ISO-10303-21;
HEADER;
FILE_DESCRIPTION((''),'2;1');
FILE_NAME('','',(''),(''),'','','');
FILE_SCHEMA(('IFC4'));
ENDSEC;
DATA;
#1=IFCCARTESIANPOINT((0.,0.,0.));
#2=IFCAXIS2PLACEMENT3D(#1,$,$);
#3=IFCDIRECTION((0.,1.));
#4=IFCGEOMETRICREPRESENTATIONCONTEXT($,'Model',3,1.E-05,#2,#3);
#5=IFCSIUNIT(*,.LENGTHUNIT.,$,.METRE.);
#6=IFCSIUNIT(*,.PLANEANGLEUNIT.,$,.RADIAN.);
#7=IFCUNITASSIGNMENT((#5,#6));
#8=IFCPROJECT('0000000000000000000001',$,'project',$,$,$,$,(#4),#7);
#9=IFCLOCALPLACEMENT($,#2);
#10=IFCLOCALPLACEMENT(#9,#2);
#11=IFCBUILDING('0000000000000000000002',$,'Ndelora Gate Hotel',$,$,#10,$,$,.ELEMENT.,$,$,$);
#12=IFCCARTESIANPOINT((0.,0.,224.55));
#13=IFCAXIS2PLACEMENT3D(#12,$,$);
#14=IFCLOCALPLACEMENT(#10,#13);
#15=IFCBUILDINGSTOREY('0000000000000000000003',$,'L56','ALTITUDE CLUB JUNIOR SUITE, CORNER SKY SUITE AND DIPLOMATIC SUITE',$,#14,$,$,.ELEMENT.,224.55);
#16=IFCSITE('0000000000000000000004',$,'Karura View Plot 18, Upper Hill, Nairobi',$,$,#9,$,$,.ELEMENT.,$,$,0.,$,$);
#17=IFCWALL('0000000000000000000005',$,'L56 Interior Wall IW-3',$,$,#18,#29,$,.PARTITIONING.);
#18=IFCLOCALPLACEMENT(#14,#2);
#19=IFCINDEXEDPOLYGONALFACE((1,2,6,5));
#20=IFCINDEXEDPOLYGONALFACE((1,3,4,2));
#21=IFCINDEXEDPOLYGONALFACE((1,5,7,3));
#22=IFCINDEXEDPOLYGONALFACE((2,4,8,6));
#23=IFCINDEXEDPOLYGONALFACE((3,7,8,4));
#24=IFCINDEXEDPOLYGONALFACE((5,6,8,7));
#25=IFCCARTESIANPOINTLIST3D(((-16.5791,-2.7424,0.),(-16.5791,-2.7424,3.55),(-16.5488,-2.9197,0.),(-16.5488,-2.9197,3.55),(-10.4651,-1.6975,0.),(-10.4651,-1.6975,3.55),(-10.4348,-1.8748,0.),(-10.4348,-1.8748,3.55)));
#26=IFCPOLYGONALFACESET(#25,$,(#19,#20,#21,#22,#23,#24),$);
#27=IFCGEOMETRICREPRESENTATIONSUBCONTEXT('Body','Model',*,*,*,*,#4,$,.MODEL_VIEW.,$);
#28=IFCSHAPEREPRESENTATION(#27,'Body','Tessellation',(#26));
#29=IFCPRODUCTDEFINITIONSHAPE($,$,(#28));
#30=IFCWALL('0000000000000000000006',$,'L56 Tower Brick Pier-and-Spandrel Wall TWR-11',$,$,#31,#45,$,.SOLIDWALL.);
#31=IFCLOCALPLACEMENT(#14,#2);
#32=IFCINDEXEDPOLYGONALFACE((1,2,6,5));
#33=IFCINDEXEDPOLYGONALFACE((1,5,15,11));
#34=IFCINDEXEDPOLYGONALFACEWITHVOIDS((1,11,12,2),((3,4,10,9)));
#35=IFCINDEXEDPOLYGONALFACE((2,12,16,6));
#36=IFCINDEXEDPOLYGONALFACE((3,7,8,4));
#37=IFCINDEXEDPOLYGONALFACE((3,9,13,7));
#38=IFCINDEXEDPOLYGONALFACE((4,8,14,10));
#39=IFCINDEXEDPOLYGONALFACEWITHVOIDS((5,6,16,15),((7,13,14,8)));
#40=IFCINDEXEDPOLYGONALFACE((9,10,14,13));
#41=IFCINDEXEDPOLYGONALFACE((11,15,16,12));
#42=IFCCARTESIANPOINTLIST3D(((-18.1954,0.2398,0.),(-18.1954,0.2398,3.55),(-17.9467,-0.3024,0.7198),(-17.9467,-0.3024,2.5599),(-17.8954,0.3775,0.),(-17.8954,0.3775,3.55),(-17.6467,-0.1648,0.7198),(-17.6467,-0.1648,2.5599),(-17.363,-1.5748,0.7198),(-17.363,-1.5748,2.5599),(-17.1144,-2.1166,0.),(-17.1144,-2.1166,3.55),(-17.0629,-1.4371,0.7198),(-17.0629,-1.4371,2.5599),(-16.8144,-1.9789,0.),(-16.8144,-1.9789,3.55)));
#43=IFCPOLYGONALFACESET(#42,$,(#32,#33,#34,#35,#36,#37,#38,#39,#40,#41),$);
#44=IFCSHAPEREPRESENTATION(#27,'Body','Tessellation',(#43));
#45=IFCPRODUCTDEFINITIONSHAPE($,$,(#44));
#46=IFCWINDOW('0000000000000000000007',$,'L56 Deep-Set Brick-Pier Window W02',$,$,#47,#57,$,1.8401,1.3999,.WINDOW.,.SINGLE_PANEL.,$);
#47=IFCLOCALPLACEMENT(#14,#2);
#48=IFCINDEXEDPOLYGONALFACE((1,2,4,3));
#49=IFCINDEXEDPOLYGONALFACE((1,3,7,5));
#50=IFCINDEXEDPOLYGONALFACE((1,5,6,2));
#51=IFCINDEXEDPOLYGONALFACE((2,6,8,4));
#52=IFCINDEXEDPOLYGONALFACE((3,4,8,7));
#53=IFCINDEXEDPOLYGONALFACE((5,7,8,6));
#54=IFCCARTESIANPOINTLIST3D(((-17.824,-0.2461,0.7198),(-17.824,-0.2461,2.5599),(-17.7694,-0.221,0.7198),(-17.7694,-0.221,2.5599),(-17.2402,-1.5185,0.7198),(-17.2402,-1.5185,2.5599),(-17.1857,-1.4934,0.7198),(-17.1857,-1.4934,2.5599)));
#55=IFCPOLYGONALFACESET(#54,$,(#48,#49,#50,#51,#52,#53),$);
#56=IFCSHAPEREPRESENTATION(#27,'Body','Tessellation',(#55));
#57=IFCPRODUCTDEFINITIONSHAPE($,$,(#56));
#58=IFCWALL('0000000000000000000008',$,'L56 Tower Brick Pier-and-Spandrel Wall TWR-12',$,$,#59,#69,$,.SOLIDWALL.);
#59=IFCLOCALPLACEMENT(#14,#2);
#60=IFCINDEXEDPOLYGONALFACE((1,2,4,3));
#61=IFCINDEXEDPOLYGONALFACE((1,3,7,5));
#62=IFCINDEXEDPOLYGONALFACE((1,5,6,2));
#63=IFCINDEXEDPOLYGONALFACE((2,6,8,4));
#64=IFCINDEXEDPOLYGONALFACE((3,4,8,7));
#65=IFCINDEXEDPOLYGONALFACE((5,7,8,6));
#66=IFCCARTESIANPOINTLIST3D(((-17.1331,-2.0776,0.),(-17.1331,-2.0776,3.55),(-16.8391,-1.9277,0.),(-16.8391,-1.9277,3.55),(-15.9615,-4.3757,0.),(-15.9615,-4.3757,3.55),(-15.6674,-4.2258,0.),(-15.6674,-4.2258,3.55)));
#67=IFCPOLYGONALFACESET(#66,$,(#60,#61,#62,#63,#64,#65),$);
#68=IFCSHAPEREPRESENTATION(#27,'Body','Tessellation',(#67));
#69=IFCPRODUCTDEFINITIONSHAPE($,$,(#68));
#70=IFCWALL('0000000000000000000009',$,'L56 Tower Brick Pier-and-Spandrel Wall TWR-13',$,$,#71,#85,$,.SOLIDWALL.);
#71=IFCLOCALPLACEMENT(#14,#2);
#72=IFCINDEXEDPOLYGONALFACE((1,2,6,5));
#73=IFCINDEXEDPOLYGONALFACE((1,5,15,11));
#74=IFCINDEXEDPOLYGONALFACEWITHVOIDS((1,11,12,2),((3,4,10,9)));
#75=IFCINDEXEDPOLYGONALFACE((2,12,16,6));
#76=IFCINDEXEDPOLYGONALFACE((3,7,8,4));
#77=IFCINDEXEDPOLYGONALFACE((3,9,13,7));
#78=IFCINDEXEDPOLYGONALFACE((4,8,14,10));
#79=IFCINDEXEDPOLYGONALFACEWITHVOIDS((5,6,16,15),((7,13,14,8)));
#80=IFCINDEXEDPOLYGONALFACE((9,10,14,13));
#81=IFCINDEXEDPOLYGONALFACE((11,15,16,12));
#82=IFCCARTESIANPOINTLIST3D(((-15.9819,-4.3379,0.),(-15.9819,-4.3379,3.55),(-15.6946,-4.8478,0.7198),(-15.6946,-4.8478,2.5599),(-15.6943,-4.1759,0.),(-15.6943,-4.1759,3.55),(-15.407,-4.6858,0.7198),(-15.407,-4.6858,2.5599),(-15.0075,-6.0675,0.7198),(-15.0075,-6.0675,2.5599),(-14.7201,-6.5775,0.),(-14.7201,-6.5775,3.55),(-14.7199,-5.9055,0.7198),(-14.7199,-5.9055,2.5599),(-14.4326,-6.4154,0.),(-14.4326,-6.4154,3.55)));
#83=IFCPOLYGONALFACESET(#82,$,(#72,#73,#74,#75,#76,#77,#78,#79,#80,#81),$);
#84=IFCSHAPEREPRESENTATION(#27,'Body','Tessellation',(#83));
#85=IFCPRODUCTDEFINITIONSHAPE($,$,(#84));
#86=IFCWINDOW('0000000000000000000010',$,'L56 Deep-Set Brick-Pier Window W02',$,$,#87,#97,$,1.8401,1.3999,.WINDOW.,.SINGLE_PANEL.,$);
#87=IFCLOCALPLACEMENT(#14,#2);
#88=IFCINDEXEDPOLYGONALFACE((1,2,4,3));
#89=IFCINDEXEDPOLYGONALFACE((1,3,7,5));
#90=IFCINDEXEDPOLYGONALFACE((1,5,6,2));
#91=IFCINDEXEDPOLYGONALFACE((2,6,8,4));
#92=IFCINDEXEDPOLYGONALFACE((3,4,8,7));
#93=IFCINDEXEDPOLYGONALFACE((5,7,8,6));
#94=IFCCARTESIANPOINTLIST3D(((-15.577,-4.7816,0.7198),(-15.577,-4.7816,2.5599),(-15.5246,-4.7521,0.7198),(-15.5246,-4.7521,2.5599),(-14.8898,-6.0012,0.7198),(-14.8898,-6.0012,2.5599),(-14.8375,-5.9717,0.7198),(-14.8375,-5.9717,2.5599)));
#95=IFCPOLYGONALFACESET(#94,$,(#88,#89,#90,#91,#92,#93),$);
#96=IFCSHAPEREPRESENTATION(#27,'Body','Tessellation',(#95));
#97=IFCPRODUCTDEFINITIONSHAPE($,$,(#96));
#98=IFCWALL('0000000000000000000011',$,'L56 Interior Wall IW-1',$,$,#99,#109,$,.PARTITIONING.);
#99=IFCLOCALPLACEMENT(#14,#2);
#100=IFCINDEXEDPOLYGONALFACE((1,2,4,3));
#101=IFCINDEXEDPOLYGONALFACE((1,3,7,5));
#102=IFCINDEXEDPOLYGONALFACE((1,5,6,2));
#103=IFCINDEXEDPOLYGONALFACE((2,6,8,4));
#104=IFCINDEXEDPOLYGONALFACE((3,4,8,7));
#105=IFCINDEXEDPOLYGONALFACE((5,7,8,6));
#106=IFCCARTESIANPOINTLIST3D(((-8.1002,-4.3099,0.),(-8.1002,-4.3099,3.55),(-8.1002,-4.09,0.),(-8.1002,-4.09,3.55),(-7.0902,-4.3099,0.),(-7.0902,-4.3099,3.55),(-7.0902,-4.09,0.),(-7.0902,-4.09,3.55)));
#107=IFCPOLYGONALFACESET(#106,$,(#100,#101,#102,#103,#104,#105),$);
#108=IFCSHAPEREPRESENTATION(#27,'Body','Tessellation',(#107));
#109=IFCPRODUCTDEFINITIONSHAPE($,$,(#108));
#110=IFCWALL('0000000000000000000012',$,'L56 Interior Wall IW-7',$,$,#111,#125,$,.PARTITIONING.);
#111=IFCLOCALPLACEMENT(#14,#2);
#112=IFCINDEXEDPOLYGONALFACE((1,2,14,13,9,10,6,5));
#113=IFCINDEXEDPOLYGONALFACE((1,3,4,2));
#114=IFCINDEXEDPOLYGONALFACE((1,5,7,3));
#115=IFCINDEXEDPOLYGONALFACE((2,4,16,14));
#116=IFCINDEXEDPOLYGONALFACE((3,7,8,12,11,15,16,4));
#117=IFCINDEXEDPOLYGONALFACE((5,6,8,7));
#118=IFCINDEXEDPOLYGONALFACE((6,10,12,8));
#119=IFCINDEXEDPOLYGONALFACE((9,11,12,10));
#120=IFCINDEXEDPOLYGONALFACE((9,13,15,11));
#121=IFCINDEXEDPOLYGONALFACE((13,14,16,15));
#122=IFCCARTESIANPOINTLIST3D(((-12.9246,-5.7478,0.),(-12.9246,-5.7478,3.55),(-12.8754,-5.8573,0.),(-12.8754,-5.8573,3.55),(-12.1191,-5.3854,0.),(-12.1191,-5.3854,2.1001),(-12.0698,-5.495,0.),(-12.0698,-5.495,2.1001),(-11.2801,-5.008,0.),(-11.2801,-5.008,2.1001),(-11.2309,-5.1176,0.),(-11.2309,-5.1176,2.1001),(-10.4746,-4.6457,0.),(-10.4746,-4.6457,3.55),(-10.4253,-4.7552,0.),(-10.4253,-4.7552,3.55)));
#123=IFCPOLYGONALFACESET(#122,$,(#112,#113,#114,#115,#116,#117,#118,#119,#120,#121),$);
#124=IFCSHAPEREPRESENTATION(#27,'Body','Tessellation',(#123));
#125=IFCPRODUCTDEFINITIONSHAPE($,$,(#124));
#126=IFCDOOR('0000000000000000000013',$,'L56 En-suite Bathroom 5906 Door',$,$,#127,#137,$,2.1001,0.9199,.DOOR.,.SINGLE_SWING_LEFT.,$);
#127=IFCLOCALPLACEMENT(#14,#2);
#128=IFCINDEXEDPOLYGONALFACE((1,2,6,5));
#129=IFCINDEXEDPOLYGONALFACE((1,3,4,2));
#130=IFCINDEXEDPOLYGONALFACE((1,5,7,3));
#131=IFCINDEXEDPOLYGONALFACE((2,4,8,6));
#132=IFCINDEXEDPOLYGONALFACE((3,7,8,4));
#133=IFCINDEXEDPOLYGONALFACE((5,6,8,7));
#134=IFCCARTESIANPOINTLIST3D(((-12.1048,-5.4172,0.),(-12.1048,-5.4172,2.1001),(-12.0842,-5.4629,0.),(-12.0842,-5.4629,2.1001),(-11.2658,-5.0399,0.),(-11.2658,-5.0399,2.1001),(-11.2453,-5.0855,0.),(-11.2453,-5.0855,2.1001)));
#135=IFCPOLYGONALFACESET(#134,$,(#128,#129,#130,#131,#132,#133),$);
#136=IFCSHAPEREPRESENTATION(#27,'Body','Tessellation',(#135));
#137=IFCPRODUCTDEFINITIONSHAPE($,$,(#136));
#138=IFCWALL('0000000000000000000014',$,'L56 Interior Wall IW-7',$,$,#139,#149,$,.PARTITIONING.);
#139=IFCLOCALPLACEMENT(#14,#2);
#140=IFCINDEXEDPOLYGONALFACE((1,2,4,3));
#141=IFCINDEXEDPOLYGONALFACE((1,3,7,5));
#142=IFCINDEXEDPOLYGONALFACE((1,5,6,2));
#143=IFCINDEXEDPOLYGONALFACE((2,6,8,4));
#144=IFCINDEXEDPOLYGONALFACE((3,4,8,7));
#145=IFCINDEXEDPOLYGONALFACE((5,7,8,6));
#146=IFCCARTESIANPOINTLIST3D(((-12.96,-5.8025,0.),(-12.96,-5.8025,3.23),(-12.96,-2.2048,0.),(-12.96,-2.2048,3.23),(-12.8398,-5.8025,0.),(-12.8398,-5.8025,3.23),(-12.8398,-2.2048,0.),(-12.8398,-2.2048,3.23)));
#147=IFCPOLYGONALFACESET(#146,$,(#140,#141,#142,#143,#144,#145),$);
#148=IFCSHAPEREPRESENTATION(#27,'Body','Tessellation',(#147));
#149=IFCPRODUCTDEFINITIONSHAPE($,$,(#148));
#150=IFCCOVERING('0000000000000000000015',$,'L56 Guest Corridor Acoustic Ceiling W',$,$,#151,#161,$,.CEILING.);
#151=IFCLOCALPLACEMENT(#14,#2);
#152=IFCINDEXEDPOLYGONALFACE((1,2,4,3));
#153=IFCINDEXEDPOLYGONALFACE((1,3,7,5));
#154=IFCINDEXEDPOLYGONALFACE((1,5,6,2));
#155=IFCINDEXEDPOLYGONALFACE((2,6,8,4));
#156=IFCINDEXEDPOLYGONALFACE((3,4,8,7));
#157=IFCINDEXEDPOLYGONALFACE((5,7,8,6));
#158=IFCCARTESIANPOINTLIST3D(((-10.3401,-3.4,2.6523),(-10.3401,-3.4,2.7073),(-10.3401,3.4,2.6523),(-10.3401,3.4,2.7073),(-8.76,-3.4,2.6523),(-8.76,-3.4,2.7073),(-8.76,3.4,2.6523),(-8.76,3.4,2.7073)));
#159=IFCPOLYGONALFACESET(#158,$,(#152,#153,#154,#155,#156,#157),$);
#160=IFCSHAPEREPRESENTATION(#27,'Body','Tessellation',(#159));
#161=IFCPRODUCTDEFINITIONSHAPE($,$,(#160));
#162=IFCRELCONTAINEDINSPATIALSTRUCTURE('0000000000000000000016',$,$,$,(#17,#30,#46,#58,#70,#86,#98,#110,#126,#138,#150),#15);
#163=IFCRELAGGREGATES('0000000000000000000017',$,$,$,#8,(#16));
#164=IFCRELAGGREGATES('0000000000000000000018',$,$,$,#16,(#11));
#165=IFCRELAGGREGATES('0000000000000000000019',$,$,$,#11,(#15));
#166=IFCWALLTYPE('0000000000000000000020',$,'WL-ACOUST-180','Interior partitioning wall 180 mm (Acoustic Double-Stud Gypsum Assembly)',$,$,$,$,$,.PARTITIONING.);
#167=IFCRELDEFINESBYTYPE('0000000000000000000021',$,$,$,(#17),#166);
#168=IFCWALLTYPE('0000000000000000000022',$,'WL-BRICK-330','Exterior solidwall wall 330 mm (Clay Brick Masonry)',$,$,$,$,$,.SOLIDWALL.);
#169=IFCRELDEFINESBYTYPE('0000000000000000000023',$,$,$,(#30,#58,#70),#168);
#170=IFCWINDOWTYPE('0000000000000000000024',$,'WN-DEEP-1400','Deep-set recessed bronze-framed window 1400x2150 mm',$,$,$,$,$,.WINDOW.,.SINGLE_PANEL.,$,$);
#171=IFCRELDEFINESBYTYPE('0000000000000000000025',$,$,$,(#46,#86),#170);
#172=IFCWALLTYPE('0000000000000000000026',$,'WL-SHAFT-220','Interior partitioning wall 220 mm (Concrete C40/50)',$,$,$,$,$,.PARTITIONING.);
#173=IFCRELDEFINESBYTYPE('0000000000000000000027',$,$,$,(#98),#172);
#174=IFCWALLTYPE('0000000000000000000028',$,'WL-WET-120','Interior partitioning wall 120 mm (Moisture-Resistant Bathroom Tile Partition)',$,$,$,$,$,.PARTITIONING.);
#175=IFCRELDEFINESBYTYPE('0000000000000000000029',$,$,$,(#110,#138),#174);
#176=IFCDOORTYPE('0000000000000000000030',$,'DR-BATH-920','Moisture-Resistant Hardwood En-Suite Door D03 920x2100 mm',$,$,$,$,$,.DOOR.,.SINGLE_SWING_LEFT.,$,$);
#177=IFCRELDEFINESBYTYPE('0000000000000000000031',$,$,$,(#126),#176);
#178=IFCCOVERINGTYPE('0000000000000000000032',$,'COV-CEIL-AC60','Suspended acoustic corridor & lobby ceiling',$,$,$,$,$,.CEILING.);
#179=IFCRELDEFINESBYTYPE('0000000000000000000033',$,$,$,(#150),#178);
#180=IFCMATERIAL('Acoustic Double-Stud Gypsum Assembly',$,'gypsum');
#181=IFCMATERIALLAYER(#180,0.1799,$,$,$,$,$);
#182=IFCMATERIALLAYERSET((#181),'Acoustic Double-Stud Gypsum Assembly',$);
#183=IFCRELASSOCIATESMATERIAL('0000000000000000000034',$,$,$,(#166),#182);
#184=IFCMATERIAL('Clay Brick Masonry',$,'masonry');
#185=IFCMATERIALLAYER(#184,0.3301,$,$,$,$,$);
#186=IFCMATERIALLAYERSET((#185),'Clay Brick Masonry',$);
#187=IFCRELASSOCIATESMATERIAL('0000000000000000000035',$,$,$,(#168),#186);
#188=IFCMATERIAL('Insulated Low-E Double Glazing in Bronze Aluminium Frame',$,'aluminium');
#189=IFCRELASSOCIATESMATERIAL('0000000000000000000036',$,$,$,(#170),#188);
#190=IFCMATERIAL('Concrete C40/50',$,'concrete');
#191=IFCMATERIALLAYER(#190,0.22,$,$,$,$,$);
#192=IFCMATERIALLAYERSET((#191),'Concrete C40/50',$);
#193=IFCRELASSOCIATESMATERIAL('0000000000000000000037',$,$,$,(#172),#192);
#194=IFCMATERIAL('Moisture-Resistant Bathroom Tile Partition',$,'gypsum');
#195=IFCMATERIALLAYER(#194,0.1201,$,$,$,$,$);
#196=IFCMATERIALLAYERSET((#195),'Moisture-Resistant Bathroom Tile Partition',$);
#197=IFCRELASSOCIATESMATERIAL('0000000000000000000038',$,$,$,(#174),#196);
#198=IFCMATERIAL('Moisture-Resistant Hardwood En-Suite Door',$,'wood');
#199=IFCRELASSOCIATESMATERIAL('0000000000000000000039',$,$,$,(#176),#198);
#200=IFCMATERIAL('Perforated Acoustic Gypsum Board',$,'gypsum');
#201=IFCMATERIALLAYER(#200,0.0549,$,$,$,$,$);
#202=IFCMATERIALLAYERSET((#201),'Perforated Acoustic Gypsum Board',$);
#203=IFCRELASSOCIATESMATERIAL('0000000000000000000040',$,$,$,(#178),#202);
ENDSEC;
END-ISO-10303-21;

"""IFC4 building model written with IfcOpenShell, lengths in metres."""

from ifc_helpers import new_model, si_unit, direction, frame, frame_2d, origin, origin_2d, place, context, subcontext, project, spatial, rectangle, extrude, material, layer, layer_set, type_object, element, fill, save


model = new_model("IFC4")

# Units and contexts
model_context = context("Model", 3, precision=1e-05, world=origin(), true_north=direction((0.0, 1.0)))
body_context = subcontext(model_context, "Body", "Model", "MODEL_VIEW")
ifc_project = project(units=[si_unit("LENGTHUNIT", "METRE"), si_unit("PLANEANGLEUNIT", "RADIAN")], contexts=[model_context])

# Site, building, storey
site_placement = place(None, origin())
site = spatial("IfcSite", under=ifc_project, at=site_placement, Name="Karura View Plot 18, Upper Hill, Nairobi", CompositionType="ELEMENT", RefElevation=0.0)
building_placement = place(site_placement, origin())
building = spatial("IfcBuilding", under=site, at=building_placement, Name="Ndelora Gate Hotel", CompositionType="ELEMENT")
storey_placement = place(building_placement, frame((0.0, 0.0, 224.55)))
storey = spatial("IfcBuildingStorey", under=building, at=storey_placement, Name="L56", Description="ALTITUDE CLUB JUNIOR SUITE, CORNER SKY SUITE AND DIPLOMATIC SUITE", CompositionType="ELEMENT", Elevation=224.55)

# Wall
ifc_material_1 = material(Name="Acoustic Double-Stud Gypsum Assembly", Category="gypsum")
ifc_layer_1 = layer(ifc_material_1, 0.1799)
ifc_layer_set_1 = layer_set([ifc_layer_1], Name="Acoustic Double-Stud Gypsum Assembly")
wall_type_1 = type_object("IfcWallType", Name="WL-ACOUST-180", Description="Interior partitioning wall 180 mm (Acoustic Double-Stud Gypsum Assembly)", PredefinedType="PARTITIONING", material=ifc_layer_set_1)
wall_1_placement = place(storey_placement, frame((-10.45, -1.7861, 0.0), z_axis=(0.0, 0.0, 1.0), x_axis=(-0.985708, -0.168463, 0.0)))
element("IfcWall", 1, at=wall_1_placement, inside=storey, type_object=wall_type_1, Name="L56 Interior Wall IW-3", PredefinedType="PARTITIONING", context=body_context, shape_type="SweptSolid", body=[
    extrude(rectangle(XDim=6.2026, YDim=0.1799, at=frame_2d((3.1013, 0.0))), origin(), (0.0, 0.0, 1.0), 3.55),
])

# Wall, opening, window
ifc_material_2 = material(Name="Clay Brick Masonry", Category="masonry")
ifc_layer_2 = layer(ifc_material_2, 0.3301)
ifc_layer_set_2 = layer_set([ifc_layer_2], Name="Clay Brick Masonry")
wall_type_2 = type_object("IfcWallType", Name="WL-BRICK-330", Description="Exterior solidwall wall 330 mm (Clay Brick Masonry)", PredefinedType="SOLIDWALL", material=ifc_layer_set_2)
wall_2_placement = place(storey_placement, frame((-16.9644, -2.0479, 0.0), z_axis=(0.0, 0.0, 1.0), x_axis=(-0.416979, 0.908916, 0.0)))
wall_2 = element("IfcWall", 2, at=wall_2_placement, inside=storey, type_object=wall_type_2, Name="L56 Tower Brick Pier-and-Spandrel Wall TWR-11", PredefinedType="SOLIDWALL", context=body_context, shape_type="SweptSolid", body=[
    extrude(rectangle(XDim=2.5925, YDim=0.3301, at=frame_2d((1.2964, 0.0))), origin(), (0.0, 0.0, 1.0), 3.55),
])
opening_1_placement = place(wall_2_placement, frame((0.5962, 0.0, 0.72)))
opening_1 = element("IfcOpeningElement", 3, at=opening_1_placement, cuts=wall_2, PredefinedType="OPENING", context=body_context, shape_type="SweptSolid", body=[
    extrude(rectangle(XDim=1.3999, YDim=1.8401, at=frame_2d((0.7, 0.9199))), frame((0.0, 0.175, 0.0), z_axis=(0.0, -1.0, 0.0), x_axis=(1.0, 0.0, 0.0)), (0.0, 0.0, 1.0), 0.3501),
])
ifc_material_3 = material(Name="Insulated Low-E Double Glazing in Bronze Aluminium Frame", Category="aluminium")
window_type = type_object("IfcWindowType", Name="WN-DEEP-1400", Description="Deep-set recessed bronze-framed window 1400x2150 mm", PartitioningType="SINGLE_PANEL", PredefinedType="WINDOW", material=ifc_material_3)
window_1_placement = place(opening_1_placement, origin())
window_1 = element("IfcWindow", 4, at=window_1_placement, inside=storey, type_object=window_type, Name="L56 Deep-Set Brick-Pier Window W02", OverallHeight=1.8401, OverallWidth=1.3999, PartitioningType="SINGLE_PANEL", PredefinedType="WINDOW", context=body_context, shape_type="SweptSolid", body=[
    extrude(rectangle(XDim=1.3999, YDim=1.8401, at=frame_2d((0.7, 0.9199))), frame((0.0, 0.03, 0.0), z_axis=(0.0, -1.0, 0.0), x_axis=(1.0, 0.0, 0.0)), (0.0, 0.0, 1.0), 0.0601),
])
fill(opening_1, window_1)

# Wall
wall_3_placement = place(storey_placement, frame((-15.8145, -4.3008, 0.0), z_axis=(0.0, 0.0, 1.0), x_axis=(-0.454204, 0.890898, 0.0)))
element("IfcWall", 5, at=wall_3_placement, inside=storey, type_object=wall_type_2, Name="L56 Tower Brick Pier-and-Spandrel Wall TWR-12", PredefinedType="SOLIDWALL", context=body_context, shape_type="SweptSolid", body=[
    extrude(rectangle(XDim=2.5796, YDim=0.3301, at=frame_2d((1.2898, 0.0))), origin(), (0.0, 0.0, 1.0), 3.55),
])

# Wall, opening, window
wall_4_placement = place(storey_placement, frame((-14.5764, -6.4963, 0.0), z_axis=(0.0, 0.0, 1.0), x_axis=(-0.490852, 0.871243, 0.0)))
wall_4 = element("IfcWall", 6, at=wall_4_placement, inside=storey, type_object=wall_type_2, Name="L56 Tower Brick Pier-and-Spandrel Wall TWR-13", PredefinedType="SOLIDWALL", context=body_context, shape_type="SweptSolid", body=[
    extrude(rectangle(XDim=2.5706, YDim=0.3301, at=frame_2d((1.2852, 0.0))), origin(), (0.0, 0.0, 1.0), 3.55),
])
opening_2_placement = place(wall_4_placement, frame((0.5852, 0.0, 0.72)))
opening_2 = element("IfcOpeningElement", 7, at=opening_2_placement, cuts=wall_4, PredefinedType="OPENING", context=body_context, shape_type="SweptSolid", body=[
    extrude(rectangle(XDim=1.3999, YDim=1.8401, at=frame_2d((0.7, 0.9199))), frame((0.0, 0.175, 0.0), z_axis=(0.0, -1.0, 0.0), x_axis=(1.0, 0.0, 0.0)), (0.0, 0.0, 1.0), 0.3501),
])
window_2_placement = place(opening_2_placement, origin())
window_2 = element("IfcWindow", 8, at=window_2_placement, inside=storey, type_object=window_type, Name="L56 Deep-Set Brick-Pier Window W02", OverallHeight=1.8401, OverallWidth=1.3999, PartitioningType="SINGLE_PANEL", PredefinedType="WINDOW", context=body_context, shape_type="SweptSolid", body=[
    extrude(rectangle(XDim=1.3999, YDim=1.8401, at=frame_2d((0.7, 0.9199))), frame((0.0, 0.03, 0.0), z_axis=(0.0, -1.0, 0.0), x_axis=(1.0, 0.0, 0.0)), (0.0, 0.0, 1.0), 0.0601),
])
fill(opening_2, window_2)

# Wall
ifc_material_4 = material(Name="Concrete C40/50", Category="concrete")
ifc_layer_3 = layer(ifc_material_4, 0.22)
ifc_layer_set_3 = layer_set([ifc_layer_3], Name="Concrete C40/50")
wall_type_3 = type_object("IfcWallType", Name="WL-SHAFT-220", Description="Interior partitioning wall 220 mm (Concrete C40/50)", PredefinedType="PARTITIONING", material=ifc_layer_set_3)
wall_5_placement = place(storey_placement, frame((-8.1001, -4.2, 0.0), z_axis=(0.0, 0.0, 1.0), x_axis=(1.0, 0.0, 0.0)))
element("IfcWall", 9, at=wall_5_placement, inside=storey, type_object=wall_type_3, Name="L56 Interior Wall IW-1", PredefinedType="PARTITIONING", context=body_context, shape_type="SweptSolid", body=[
    extrude(rectangle(XDim=1.01, YDim=0.22, at=frame_2d((0.5049, 0.0))), origin(), (0.0, 0.0, 1.0), 3.55),
])

# Wall, opening, door
ifc_material_5 = material(Name="Moisture-Resistant Bathroom Tile Partition", Category="gypsum")
ifc_layer_4 = layer(ifc_material_5, 0.1201)
ifc_layer_set_4 = layer_set([ifc_layer_4], Name="Moisture-Resistant Bathroom Tile Partition")
wall_type_4 = type_object("IfcWallType", Name="WL-WET-120", Description="Interior partitioning wall 120 mm (Moisture-Resistant Bathroom Tile Partition)", PredefinedType="PARTITIONING", material=ifc_layer_set_4)
wall_6_placement = place(storey_placement, frame((-10.45, -4.7004, 0.0), z_axis=(0.0, 0.0, 1.0), x_axis=(-0.911981, -0.410232, 0.0)))
wall_6 = element("IfcWall", 10, at=wall_6_placement, inside=storey, type_object=wall_type_4, Name="L56 Interior Wall IW-7", PredefinedType="PARTITIONING", context=body_context, shape_type="SweptSolid", body=[
    extrude(rectangle(XDim=2.6865, YDim=0.1201, at=frame_2d((1.3433, 0.0))), origin(), (0.0, 0.0, 1.0), 3.55),
])
opening_3_placement = place(wall_6_placement, frame((0.8833, 0.0, 0.0)))
opening_3 = element("IfcOpeningElement", 11, at=opening_3_placement, cuts=wall_6, PredefinedType="OPENING", context=body_context, shape_type="SweptSolid", body=[
    extrude(rectangle(XDim=0.9199, YDim=2.1001, at=frame_2d((0.46, 1.05))), frame((0.0, 0.0701, 0.0), z_axis=(0.0, -1.0, 0.0), x_axis=(1.0, 0.0, 0.0)), (0.0, 0.0, 1.0), 0.1401),
])
ifc_material_6 = material(Name="Moisture-Resistant Hardwood En-Suite Door", Category="wood")
door_type = type_object("IfcDoorType", Name="DR-BATH-920", Description="Moisture-Resistant Hardwood En-Suite Door D03 920x2100 mm", OperationType="SINGLE_SWING_LEFT", PredefinedType="DOOR", material=ifc_material_6)
door_placement = place(opening_3_placement, origin())
door = element("IfcDoor", 12, at=door_placement, inside=storey, type_object=door_type, Name="L56 En-suite Bathroom 5906 Door", OperationType="SINGLE_SWING_LEFT", OverallHeight=2.1001, OverallWidth=0.9199, PredefinedType="DOOR", context=body_context, shape_type="SweptSolid", body=[
    extrude(rectangle(XDim=0.9199, YDim=2.1001, at=frame_2d((0.46, 1.05))), frame((0.0, 0.0249, 0.0), z_axis=(0.0, -1.0, 0.0), x_axis=(1.0, 0.0, 0.0)), (0.0, 0.0, 1.0), 0.05),
])
fill(opening_3, door)

# Wall
wall_7_placement = place(storey_placement, frame((-12.8999, -2.2048, 0.0), z_axis=(0.0, 0.0, 1.0), x_axis=(0.0, -1.0, 0.0)))
element("IfcWall", 13, at=wall_7_placement, inside=storey, type_object=wall_type_4, Name="L56 Interior Wall IW-7", PredefinedType="PARTITIONING", context=body_context, shape_type="SweptSolid", body=[
    extrude(rectangle(XDim=3.5977, YDim=0.1201, at=frame_2d((1.7988, 0.0))), origin(), (0.0, 0.0, 1.0), 3.23),
])

# Covering
ifc_material_7 = material(Name="Perforated Acoustic Gypsum Board", Category="gypsum")
ifc_layer_5 = layer(ifc_material_7, 0.0549)
ifc_layer_set_5 = layer_set([ifc_layer_5], Name="Perforated Acoustic Gypsum Board")
covering_type_1 = type_object("IfcCoveringType", Name="COV-CEIL-AC60", Description="Suspended acoustic corridor & lobby ceiling", PredefinedType="CEILING", material=ifc_layer_set_5)
covering_1_placement = place(storey_placement, frame((-9.55, 0.0, 2.6523), z_axis=(0.0, 0.0, 1.0), x_axis=(1.0, 0.0, 0.0)))
element("IfcCovering", 14, at=covering_1_placement, inside=storey, type_object=covering_type_1, Name="L56 Guest Corridor Acoustic Ceiling W", PredefinedType="CEILING", context=body_context, shape_type="SweptSolid", body=[
    extrude(rectangle(XDim=1.5801, YDim=6.8, at=origin_2d()), origin(), (0.0, 0.0, 1.0), 0.0549),
])

save(model, "model.ifc")
